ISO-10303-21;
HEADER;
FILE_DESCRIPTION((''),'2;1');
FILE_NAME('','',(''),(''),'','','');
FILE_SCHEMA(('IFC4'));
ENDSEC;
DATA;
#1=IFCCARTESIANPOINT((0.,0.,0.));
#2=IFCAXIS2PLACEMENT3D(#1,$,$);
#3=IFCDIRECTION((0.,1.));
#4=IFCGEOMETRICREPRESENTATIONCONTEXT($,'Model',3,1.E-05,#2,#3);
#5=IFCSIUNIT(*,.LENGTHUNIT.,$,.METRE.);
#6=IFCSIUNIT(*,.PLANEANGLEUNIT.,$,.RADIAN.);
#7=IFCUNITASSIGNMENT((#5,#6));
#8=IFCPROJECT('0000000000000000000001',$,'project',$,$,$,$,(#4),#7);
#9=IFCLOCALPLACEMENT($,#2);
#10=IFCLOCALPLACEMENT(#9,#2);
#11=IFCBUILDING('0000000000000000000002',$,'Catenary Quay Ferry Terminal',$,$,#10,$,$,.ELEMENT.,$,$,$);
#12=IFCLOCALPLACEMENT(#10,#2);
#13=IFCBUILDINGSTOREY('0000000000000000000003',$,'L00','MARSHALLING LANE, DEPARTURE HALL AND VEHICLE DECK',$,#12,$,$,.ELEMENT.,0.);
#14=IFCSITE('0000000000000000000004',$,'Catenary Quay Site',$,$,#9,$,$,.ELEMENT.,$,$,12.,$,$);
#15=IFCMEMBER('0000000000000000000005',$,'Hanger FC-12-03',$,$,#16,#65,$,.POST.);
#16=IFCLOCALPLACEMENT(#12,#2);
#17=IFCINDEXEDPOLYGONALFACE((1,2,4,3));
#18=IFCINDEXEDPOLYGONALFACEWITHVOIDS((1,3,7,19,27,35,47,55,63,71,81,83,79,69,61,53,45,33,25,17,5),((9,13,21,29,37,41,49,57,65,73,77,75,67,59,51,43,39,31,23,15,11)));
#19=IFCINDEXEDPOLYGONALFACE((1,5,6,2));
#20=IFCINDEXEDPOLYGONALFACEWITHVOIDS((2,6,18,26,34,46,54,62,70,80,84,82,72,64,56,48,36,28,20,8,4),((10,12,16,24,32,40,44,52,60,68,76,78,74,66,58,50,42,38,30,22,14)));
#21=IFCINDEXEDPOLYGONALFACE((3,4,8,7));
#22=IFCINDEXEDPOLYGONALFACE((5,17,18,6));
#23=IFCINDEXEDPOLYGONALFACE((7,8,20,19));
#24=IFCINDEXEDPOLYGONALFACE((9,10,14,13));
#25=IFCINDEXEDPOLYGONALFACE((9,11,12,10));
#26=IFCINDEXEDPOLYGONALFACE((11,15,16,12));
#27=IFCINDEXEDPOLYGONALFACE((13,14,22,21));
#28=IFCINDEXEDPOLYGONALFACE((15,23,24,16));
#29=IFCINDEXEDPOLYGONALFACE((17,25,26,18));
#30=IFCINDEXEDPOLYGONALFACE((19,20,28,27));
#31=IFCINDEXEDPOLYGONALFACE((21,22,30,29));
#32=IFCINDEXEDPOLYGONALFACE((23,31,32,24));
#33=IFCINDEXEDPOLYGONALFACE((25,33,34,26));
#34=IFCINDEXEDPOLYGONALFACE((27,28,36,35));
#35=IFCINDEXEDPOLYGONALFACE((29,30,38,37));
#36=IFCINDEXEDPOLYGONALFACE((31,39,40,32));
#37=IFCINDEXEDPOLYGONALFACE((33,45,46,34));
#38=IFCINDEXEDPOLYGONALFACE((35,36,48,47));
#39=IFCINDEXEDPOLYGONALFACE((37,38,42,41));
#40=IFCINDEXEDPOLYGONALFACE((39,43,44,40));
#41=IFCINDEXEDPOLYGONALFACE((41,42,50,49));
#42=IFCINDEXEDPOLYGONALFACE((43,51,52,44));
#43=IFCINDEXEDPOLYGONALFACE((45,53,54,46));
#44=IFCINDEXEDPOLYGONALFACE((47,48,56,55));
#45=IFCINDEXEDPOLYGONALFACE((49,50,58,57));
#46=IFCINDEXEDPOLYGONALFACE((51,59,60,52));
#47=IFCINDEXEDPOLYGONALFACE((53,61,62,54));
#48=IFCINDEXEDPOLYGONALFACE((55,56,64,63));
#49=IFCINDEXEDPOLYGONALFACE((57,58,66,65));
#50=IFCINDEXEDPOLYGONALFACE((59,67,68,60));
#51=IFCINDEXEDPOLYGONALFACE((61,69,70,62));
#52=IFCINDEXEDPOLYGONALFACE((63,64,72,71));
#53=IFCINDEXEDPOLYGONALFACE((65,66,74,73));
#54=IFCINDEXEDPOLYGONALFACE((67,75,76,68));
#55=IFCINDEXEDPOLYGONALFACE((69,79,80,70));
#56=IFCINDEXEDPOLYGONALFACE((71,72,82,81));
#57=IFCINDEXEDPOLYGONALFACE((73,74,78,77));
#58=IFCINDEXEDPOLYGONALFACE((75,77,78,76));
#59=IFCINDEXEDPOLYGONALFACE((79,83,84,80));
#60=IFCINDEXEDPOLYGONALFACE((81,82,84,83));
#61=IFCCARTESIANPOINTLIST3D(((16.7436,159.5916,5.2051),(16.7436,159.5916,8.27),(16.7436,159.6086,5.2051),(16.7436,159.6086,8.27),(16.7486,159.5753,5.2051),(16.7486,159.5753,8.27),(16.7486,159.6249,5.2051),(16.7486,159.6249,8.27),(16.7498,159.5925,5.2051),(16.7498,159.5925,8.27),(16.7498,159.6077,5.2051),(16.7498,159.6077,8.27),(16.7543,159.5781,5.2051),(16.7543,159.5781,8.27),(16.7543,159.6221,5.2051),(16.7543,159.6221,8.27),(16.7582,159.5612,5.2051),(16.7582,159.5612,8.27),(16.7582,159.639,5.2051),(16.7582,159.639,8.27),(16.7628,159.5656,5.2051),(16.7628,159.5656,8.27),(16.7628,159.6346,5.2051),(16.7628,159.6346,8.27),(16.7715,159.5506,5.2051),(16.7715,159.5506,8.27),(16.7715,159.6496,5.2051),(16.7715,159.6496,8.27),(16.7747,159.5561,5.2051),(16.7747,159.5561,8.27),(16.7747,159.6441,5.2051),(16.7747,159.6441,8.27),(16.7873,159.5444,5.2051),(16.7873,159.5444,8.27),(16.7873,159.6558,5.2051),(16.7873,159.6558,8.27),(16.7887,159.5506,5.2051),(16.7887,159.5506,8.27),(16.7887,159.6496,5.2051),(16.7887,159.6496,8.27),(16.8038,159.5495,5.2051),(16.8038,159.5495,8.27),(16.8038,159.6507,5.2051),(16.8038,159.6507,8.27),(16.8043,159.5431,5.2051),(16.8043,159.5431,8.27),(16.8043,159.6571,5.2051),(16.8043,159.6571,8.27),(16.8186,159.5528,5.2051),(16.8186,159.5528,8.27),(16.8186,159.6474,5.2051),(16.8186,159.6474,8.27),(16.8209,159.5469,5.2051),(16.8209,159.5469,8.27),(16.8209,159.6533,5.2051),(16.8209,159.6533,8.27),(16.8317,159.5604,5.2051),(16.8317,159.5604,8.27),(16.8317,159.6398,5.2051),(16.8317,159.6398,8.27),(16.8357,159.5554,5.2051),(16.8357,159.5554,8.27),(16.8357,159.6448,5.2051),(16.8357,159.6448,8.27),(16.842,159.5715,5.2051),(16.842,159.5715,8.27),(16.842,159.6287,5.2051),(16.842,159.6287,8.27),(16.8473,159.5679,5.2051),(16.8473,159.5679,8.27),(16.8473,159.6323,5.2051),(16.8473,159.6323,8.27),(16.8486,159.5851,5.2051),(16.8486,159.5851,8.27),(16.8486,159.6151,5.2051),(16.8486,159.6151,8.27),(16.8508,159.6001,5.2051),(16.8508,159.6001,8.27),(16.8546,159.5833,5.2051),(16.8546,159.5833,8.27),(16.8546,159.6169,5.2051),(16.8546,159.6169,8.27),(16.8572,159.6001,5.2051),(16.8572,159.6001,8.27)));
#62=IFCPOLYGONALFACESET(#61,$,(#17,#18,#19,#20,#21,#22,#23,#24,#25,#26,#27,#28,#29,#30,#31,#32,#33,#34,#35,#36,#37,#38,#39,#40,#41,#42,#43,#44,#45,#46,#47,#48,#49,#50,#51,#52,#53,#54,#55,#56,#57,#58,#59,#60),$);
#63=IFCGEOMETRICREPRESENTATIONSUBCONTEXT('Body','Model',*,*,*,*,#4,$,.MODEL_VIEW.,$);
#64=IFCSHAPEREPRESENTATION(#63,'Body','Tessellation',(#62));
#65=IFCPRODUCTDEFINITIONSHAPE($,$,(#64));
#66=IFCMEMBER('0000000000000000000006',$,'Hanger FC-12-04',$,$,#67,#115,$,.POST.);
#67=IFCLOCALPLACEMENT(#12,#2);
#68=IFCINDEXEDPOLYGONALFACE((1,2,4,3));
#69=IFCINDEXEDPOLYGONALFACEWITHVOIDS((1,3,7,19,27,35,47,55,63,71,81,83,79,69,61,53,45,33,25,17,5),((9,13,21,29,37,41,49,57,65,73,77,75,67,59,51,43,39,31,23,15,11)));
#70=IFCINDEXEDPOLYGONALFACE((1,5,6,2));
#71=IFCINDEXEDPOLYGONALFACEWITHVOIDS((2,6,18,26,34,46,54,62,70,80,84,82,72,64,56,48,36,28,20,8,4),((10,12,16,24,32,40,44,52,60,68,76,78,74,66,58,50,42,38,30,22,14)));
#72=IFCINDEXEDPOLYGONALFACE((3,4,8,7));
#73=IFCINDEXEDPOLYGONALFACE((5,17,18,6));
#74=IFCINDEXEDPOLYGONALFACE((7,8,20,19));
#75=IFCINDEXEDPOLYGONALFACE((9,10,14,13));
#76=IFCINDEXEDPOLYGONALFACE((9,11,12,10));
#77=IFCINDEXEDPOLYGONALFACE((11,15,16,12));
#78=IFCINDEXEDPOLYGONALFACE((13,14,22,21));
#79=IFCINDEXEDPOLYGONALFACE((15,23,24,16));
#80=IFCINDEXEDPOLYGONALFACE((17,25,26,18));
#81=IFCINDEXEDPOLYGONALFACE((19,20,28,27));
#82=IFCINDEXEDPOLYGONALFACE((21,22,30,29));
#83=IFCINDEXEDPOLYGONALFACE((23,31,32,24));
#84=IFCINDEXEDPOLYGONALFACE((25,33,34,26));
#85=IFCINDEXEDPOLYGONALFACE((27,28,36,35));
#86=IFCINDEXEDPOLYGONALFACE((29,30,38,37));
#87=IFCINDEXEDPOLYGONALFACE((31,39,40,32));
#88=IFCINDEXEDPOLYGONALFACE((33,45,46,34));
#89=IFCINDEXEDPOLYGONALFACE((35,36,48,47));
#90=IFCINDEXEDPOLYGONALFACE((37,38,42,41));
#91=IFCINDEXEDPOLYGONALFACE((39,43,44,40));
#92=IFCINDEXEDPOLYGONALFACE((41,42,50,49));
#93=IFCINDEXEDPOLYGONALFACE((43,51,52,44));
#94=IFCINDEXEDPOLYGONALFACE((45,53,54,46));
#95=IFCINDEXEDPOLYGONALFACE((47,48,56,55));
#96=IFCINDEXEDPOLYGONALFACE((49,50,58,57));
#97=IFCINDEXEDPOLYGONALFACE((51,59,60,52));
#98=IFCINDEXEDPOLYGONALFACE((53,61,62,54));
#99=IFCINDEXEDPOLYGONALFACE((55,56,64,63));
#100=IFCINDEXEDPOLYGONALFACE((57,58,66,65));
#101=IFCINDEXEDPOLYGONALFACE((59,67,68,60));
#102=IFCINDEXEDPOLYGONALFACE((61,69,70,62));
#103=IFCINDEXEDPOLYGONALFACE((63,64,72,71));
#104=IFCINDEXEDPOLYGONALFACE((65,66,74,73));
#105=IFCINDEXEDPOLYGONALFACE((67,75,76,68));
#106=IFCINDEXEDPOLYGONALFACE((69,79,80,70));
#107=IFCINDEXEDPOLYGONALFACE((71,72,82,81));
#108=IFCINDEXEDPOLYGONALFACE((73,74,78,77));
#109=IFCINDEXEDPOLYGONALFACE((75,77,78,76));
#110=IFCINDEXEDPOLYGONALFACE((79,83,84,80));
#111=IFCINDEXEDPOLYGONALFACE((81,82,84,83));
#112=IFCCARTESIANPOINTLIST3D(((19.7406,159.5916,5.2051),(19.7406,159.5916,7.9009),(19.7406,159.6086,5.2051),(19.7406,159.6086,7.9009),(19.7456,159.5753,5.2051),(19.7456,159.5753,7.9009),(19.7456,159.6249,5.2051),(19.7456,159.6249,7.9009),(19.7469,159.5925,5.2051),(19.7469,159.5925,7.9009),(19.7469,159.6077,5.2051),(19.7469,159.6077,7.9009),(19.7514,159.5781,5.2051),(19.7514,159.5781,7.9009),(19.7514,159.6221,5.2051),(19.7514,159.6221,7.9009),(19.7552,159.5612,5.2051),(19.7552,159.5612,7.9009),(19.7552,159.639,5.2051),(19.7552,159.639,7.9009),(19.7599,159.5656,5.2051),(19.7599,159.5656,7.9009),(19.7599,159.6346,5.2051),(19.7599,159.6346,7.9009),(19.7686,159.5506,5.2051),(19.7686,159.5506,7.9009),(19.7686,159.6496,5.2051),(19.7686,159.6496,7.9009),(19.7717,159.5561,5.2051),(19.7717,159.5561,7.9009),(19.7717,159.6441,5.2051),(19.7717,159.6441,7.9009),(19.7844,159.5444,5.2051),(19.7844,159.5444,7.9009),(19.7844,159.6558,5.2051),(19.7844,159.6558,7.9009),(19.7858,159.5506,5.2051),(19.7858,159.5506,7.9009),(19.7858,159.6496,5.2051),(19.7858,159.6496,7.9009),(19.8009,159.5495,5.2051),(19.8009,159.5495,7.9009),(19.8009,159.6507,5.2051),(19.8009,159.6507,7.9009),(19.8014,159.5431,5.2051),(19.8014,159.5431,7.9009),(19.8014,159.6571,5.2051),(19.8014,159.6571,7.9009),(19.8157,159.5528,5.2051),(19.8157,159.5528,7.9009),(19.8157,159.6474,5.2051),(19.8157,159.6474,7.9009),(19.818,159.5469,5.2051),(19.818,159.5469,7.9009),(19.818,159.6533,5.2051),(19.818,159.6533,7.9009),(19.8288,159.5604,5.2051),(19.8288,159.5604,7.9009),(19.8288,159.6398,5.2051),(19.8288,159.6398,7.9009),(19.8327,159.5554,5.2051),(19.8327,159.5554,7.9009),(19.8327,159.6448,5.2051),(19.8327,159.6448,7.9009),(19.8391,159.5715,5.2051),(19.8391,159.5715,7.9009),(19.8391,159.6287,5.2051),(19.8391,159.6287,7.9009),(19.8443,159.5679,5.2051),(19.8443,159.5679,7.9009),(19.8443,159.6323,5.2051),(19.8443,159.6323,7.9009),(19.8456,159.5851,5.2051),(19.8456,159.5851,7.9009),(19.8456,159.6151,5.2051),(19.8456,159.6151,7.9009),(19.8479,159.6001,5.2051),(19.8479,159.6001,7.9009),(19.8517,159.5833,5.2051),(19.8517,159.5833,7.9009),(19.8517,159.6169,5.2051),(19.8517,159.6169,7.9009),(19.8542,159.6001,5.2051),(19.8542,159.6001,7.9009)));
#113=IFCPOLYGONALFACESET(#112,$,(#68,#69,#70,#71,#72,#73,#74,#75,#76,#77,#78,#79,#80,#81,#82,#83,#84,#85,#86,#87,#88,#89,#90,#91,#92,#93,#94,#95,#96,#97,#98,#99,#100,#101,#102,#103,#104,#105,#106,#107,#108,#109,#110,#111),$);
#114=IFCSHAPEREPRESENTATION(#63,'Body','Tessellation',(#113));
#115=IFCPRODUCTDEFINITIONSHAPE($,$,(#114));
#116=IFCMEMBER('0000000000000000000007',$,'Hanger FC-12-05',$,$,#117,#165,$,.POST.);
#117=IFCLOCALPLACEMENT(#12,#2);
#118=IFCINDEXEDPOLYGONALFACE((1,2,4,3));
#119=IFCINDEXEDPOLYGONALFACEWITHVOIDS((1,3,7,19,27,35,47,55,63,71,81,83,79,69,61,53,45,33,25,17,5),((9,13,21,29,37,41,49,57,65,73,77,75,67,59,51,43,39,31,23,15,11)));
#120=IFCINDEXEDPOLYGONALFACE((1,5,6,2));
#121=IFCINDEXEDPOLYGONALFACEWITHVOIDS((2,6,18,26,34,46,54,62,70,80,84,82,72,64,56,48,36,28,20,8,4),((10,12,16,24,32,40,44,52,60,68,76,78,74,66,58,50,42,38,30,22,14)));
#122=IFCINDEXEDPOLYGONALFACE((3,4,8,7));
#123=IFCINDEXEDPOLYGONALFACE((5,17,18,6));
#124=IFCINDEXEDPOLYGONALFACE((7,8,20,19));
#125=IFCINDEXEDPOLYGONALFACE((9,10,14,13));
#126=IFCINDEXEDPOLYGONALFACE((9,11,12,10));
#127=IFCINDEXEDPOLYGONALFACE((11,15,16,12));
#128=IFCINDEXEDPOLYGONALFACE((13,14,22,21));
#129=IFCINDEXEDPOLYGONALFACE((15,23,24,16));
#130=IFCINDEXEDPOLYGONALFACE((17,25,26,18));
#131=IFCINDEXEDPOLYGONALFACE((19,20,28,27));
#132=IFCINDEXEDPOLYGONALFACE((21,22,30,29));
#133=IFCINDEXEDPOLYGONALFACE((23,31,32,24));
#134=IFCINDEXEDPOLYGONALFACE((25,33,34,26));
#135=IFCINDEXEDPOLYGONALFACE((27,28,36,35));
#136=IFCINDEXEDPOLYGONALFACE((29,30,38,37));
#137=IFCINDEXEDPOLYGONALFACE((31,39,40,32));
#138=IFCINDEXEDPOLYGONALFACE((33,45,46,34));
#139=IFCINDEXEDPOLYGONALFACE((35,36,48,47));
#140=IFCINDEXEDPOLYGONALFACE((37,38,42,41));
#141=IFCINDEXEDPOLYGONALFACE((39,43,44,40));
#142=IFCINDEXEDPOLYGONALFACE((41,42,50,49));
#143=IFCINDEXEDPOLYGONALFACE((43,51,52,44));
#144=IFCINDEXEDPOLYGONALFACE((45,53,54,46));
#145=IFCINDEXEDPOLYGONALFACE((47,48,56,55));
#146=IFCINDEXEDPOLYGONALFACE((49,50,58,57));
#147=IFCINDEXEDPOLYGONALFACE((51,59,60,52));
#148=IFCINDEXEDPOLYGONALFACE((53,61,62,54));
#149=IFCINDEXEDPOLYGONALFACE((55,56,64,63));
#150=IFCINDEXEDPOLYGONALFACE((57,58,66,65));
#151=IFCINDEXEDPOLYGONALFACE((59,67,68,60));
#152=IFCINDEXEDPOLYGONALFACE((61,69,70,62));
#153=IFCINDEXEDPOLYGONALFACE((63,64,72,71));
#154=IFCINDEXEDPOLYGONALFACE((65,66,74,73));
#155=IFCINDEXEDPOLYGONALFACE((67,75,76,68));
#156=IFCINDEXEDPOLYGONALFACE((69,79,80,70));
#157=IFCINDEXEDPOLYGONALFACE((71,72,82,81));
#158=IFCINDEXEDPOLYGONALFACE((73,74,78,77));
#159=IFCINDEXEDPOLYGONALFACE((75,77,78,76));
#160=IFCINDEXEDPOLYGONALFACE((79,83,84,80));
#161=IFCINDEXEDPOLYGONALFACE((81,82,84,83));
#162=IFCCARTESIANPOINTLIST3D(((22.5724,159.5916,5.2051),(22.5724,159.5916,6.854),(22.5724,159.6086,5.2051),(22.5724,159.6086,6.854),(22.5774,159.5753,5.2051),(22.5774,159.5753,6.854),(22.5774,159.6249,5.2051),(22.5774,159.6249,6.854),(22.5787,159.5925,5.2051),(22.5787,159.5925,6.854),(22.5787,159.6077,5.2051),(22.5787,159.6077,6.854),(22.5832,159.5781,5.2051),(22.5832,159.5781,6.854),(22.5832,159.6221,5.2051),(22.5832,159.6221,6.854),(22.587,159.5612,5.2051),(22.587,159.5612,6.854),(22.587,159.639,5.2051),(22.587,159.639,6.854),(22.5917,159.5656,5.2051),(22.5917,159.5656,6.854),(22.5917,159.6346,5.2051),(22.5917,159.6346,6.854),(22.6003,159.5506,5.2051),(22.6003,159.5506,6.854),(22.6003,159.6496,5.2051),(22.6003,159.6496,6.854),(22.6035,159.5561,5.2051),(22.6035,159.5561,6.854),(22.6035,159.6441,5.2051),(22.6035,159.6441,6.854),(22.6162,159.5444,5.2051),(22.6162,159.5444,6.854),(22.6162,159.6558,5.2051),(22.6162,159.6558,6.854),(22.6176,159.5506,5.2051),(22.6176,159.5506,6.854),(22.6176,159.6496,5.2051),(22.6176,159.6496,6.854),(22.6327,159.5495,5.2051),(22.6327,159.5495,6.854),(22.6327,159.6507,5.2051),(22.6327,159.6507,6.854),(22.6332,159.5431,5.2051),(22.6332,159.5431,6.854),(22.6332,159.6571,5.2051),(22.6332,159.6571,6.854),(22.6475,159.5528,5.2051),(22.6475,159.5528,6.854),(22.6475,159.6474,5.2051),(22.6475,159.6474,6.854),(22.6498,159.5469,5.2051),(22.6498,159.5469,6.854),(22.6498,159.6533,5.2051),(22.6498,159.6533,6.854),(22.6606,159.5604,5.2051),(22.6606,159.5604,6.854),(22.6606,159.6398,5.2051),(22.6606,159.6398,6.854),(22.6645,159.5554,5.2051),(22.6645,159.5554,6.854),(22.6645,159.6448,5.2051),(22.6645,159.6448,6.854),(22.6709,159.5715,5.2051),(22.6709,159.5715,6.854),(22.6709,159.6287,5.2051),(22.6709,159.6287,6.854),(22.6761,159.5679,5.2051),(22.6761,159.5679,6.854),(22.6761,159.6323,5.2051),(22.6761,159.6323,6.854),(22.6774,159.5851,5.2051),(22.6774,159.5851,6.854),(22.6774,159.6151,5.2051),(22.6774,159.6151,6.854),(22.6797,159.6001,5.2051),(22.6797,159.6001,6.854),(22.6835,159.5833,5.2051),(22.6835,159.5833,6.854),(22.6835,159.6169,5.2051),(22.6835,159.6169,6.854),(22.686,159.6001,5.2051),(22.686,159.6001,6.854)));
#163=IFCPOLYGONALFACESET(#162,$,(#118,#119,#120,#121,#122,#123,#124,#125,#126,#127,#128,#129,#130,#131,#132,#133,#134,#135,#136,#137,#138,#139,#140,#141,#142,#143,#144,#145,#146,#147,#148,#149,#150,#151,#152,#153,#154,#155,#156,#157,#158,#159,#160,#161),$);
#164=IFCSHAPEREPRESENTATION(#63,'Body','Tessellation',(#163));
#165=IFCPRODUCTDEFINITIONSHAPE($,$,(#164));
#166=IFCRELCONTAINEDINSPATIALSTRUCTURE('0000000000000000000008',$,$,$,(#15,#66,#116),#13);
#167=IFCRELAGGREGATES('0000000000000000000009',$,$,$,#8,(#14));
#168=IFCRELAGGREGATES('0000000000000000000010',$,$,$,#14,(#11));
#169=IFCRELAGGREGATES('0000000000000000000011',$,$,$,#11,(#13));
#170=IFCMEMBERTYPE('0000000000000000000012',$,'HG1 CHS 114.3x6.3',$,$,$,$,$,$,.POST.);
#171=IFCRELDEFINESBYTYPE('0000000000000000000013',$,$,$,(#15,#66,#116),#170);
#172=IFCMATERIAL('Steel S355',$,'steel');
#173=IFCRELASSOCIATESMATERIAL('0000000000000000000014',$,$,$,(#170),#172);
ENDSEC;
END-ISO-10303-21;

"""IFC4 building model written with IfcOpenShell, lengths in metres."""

from ifc_helpers import new_model, si_unit, direction, frame, origin, origin_2d, place, context, subcontext, project, spatial, hollow_circle, extrude, material, material_profile, profile_set, type_object, element, save


model = new_model("IFC4")

# Units and contexts
model_context = context("Model", 3, precision=1e-05, world=origin(), true_north=direction((0.0, 1.0)))
body_context = subcontext(model_context, "Body", "Model", "MODEL_VIEW")
ifc_project = project(units=[si_unit("LENGTHUNIT", "METRE"), si_unit("PLANEANGLEUNIT", "RADIAN")], contexts=[model_context])

# Site, building, storey
site_placement = place(None, origin())
site = spatial("IfcSite", under=ifc_project, at=site_placement, Name="Catenary Quay Site", CompositionType="ELEMENT", RefElevation=12.0)
building_placement = place(site_placement, origin())
building = spatial("IfcBuilding", under=site, at=building_placement, Name="Catenary Quay Ferry Terminal", CompositionType="ELEMENT")
storey_placement = place(building_placement, origin())
storey = spatial("IfcBuildingStorey", under=building, at=storey_placement, Name="L00", Description="MARSHALLING LANE, DEPARTURE HALL AND VEHICLE DECK", CompositionType="ELEMENT", Elevation=0.0)

# Members
ifc_material_1 = material(Name="Steel S355", Category="steel")
ifc_material_profile_1 = material_profile(ifc_material_1, hollow_circle(Radius=0.0571, WallThickness=0.0063, at=origin_2d()), Name="CHS 114.3x6.3")
ifc_profile_set_1 = profile_set([ifc_material_profile_1], Name="Steel S355")
member_type_1 = type_object("IfcMemberType", Name="HG1 CHS 114.3x6.3", PredefinedType="POST", material=ifc_profile_set_1)
member_1_placement = place(storey_placement, frame((16.8, 159.6001, 5.2051), z_axis=(0.0, 0.0, 1.0), x_axis=(1.0, 0.0, 0.0)))
element("IfcMember", 1, at=member_1_placement, inside=storey, type_object=member_type_1, Name="Hanger FC-12-03", PredefinedType="POST", context=body_context, shape_type="SweptSolid", body=[
    extrude(hollow_circle(Radius=0.0571, WallThickness=0.0063, at=origin_2d()), origin(), (0.0, 0.0, 1.0), 3.0649),
])
member_2_placement = place(storey_placement, frame((19.7971, 159.6001, 5.2051), z_axis=(0.0, 0.0, 1.0), x_axis=(1.0, 0.0, 0.0)))
element("IfcMember", 2, at=member_2_placement, inside=storey, type_object=member_type_1, Name="Hanger FC-12-04", PredefinedType="POST", context=body_context, shape_type="SweptSolid", body=[
    extrude(hollow_circle(Radius=0.0571, WallThickness=0.0063, at=origin_2d()), origin(), (0.0, 0.0, 1.0), 2.6958),
])
for number, where, z_axis, x_axis, name in (
    (3, (22.6289, 159.6001, 5.2051), (0.0, 0.0, 1.0), (1.0, 0.0, 0.0), "Hanger FC-12-05"),
):
    element("IfcMember", number, at=place(storey_placement, frame(where, z_axis=z_axis, x_axis=x_axis)), inside=storey, type_object=member_type_1, Name=name, PredefinedType="POST", context=body_context, shape_type="SweptSolid", body=[
        extrude(hollow_circle(Radius=0.0571, WallThickness=0.0063, at=origin_2d()), origin(), (0.0, 0.0, 1.0), 1.6489),
    ])

save(model, "model.ifc")
